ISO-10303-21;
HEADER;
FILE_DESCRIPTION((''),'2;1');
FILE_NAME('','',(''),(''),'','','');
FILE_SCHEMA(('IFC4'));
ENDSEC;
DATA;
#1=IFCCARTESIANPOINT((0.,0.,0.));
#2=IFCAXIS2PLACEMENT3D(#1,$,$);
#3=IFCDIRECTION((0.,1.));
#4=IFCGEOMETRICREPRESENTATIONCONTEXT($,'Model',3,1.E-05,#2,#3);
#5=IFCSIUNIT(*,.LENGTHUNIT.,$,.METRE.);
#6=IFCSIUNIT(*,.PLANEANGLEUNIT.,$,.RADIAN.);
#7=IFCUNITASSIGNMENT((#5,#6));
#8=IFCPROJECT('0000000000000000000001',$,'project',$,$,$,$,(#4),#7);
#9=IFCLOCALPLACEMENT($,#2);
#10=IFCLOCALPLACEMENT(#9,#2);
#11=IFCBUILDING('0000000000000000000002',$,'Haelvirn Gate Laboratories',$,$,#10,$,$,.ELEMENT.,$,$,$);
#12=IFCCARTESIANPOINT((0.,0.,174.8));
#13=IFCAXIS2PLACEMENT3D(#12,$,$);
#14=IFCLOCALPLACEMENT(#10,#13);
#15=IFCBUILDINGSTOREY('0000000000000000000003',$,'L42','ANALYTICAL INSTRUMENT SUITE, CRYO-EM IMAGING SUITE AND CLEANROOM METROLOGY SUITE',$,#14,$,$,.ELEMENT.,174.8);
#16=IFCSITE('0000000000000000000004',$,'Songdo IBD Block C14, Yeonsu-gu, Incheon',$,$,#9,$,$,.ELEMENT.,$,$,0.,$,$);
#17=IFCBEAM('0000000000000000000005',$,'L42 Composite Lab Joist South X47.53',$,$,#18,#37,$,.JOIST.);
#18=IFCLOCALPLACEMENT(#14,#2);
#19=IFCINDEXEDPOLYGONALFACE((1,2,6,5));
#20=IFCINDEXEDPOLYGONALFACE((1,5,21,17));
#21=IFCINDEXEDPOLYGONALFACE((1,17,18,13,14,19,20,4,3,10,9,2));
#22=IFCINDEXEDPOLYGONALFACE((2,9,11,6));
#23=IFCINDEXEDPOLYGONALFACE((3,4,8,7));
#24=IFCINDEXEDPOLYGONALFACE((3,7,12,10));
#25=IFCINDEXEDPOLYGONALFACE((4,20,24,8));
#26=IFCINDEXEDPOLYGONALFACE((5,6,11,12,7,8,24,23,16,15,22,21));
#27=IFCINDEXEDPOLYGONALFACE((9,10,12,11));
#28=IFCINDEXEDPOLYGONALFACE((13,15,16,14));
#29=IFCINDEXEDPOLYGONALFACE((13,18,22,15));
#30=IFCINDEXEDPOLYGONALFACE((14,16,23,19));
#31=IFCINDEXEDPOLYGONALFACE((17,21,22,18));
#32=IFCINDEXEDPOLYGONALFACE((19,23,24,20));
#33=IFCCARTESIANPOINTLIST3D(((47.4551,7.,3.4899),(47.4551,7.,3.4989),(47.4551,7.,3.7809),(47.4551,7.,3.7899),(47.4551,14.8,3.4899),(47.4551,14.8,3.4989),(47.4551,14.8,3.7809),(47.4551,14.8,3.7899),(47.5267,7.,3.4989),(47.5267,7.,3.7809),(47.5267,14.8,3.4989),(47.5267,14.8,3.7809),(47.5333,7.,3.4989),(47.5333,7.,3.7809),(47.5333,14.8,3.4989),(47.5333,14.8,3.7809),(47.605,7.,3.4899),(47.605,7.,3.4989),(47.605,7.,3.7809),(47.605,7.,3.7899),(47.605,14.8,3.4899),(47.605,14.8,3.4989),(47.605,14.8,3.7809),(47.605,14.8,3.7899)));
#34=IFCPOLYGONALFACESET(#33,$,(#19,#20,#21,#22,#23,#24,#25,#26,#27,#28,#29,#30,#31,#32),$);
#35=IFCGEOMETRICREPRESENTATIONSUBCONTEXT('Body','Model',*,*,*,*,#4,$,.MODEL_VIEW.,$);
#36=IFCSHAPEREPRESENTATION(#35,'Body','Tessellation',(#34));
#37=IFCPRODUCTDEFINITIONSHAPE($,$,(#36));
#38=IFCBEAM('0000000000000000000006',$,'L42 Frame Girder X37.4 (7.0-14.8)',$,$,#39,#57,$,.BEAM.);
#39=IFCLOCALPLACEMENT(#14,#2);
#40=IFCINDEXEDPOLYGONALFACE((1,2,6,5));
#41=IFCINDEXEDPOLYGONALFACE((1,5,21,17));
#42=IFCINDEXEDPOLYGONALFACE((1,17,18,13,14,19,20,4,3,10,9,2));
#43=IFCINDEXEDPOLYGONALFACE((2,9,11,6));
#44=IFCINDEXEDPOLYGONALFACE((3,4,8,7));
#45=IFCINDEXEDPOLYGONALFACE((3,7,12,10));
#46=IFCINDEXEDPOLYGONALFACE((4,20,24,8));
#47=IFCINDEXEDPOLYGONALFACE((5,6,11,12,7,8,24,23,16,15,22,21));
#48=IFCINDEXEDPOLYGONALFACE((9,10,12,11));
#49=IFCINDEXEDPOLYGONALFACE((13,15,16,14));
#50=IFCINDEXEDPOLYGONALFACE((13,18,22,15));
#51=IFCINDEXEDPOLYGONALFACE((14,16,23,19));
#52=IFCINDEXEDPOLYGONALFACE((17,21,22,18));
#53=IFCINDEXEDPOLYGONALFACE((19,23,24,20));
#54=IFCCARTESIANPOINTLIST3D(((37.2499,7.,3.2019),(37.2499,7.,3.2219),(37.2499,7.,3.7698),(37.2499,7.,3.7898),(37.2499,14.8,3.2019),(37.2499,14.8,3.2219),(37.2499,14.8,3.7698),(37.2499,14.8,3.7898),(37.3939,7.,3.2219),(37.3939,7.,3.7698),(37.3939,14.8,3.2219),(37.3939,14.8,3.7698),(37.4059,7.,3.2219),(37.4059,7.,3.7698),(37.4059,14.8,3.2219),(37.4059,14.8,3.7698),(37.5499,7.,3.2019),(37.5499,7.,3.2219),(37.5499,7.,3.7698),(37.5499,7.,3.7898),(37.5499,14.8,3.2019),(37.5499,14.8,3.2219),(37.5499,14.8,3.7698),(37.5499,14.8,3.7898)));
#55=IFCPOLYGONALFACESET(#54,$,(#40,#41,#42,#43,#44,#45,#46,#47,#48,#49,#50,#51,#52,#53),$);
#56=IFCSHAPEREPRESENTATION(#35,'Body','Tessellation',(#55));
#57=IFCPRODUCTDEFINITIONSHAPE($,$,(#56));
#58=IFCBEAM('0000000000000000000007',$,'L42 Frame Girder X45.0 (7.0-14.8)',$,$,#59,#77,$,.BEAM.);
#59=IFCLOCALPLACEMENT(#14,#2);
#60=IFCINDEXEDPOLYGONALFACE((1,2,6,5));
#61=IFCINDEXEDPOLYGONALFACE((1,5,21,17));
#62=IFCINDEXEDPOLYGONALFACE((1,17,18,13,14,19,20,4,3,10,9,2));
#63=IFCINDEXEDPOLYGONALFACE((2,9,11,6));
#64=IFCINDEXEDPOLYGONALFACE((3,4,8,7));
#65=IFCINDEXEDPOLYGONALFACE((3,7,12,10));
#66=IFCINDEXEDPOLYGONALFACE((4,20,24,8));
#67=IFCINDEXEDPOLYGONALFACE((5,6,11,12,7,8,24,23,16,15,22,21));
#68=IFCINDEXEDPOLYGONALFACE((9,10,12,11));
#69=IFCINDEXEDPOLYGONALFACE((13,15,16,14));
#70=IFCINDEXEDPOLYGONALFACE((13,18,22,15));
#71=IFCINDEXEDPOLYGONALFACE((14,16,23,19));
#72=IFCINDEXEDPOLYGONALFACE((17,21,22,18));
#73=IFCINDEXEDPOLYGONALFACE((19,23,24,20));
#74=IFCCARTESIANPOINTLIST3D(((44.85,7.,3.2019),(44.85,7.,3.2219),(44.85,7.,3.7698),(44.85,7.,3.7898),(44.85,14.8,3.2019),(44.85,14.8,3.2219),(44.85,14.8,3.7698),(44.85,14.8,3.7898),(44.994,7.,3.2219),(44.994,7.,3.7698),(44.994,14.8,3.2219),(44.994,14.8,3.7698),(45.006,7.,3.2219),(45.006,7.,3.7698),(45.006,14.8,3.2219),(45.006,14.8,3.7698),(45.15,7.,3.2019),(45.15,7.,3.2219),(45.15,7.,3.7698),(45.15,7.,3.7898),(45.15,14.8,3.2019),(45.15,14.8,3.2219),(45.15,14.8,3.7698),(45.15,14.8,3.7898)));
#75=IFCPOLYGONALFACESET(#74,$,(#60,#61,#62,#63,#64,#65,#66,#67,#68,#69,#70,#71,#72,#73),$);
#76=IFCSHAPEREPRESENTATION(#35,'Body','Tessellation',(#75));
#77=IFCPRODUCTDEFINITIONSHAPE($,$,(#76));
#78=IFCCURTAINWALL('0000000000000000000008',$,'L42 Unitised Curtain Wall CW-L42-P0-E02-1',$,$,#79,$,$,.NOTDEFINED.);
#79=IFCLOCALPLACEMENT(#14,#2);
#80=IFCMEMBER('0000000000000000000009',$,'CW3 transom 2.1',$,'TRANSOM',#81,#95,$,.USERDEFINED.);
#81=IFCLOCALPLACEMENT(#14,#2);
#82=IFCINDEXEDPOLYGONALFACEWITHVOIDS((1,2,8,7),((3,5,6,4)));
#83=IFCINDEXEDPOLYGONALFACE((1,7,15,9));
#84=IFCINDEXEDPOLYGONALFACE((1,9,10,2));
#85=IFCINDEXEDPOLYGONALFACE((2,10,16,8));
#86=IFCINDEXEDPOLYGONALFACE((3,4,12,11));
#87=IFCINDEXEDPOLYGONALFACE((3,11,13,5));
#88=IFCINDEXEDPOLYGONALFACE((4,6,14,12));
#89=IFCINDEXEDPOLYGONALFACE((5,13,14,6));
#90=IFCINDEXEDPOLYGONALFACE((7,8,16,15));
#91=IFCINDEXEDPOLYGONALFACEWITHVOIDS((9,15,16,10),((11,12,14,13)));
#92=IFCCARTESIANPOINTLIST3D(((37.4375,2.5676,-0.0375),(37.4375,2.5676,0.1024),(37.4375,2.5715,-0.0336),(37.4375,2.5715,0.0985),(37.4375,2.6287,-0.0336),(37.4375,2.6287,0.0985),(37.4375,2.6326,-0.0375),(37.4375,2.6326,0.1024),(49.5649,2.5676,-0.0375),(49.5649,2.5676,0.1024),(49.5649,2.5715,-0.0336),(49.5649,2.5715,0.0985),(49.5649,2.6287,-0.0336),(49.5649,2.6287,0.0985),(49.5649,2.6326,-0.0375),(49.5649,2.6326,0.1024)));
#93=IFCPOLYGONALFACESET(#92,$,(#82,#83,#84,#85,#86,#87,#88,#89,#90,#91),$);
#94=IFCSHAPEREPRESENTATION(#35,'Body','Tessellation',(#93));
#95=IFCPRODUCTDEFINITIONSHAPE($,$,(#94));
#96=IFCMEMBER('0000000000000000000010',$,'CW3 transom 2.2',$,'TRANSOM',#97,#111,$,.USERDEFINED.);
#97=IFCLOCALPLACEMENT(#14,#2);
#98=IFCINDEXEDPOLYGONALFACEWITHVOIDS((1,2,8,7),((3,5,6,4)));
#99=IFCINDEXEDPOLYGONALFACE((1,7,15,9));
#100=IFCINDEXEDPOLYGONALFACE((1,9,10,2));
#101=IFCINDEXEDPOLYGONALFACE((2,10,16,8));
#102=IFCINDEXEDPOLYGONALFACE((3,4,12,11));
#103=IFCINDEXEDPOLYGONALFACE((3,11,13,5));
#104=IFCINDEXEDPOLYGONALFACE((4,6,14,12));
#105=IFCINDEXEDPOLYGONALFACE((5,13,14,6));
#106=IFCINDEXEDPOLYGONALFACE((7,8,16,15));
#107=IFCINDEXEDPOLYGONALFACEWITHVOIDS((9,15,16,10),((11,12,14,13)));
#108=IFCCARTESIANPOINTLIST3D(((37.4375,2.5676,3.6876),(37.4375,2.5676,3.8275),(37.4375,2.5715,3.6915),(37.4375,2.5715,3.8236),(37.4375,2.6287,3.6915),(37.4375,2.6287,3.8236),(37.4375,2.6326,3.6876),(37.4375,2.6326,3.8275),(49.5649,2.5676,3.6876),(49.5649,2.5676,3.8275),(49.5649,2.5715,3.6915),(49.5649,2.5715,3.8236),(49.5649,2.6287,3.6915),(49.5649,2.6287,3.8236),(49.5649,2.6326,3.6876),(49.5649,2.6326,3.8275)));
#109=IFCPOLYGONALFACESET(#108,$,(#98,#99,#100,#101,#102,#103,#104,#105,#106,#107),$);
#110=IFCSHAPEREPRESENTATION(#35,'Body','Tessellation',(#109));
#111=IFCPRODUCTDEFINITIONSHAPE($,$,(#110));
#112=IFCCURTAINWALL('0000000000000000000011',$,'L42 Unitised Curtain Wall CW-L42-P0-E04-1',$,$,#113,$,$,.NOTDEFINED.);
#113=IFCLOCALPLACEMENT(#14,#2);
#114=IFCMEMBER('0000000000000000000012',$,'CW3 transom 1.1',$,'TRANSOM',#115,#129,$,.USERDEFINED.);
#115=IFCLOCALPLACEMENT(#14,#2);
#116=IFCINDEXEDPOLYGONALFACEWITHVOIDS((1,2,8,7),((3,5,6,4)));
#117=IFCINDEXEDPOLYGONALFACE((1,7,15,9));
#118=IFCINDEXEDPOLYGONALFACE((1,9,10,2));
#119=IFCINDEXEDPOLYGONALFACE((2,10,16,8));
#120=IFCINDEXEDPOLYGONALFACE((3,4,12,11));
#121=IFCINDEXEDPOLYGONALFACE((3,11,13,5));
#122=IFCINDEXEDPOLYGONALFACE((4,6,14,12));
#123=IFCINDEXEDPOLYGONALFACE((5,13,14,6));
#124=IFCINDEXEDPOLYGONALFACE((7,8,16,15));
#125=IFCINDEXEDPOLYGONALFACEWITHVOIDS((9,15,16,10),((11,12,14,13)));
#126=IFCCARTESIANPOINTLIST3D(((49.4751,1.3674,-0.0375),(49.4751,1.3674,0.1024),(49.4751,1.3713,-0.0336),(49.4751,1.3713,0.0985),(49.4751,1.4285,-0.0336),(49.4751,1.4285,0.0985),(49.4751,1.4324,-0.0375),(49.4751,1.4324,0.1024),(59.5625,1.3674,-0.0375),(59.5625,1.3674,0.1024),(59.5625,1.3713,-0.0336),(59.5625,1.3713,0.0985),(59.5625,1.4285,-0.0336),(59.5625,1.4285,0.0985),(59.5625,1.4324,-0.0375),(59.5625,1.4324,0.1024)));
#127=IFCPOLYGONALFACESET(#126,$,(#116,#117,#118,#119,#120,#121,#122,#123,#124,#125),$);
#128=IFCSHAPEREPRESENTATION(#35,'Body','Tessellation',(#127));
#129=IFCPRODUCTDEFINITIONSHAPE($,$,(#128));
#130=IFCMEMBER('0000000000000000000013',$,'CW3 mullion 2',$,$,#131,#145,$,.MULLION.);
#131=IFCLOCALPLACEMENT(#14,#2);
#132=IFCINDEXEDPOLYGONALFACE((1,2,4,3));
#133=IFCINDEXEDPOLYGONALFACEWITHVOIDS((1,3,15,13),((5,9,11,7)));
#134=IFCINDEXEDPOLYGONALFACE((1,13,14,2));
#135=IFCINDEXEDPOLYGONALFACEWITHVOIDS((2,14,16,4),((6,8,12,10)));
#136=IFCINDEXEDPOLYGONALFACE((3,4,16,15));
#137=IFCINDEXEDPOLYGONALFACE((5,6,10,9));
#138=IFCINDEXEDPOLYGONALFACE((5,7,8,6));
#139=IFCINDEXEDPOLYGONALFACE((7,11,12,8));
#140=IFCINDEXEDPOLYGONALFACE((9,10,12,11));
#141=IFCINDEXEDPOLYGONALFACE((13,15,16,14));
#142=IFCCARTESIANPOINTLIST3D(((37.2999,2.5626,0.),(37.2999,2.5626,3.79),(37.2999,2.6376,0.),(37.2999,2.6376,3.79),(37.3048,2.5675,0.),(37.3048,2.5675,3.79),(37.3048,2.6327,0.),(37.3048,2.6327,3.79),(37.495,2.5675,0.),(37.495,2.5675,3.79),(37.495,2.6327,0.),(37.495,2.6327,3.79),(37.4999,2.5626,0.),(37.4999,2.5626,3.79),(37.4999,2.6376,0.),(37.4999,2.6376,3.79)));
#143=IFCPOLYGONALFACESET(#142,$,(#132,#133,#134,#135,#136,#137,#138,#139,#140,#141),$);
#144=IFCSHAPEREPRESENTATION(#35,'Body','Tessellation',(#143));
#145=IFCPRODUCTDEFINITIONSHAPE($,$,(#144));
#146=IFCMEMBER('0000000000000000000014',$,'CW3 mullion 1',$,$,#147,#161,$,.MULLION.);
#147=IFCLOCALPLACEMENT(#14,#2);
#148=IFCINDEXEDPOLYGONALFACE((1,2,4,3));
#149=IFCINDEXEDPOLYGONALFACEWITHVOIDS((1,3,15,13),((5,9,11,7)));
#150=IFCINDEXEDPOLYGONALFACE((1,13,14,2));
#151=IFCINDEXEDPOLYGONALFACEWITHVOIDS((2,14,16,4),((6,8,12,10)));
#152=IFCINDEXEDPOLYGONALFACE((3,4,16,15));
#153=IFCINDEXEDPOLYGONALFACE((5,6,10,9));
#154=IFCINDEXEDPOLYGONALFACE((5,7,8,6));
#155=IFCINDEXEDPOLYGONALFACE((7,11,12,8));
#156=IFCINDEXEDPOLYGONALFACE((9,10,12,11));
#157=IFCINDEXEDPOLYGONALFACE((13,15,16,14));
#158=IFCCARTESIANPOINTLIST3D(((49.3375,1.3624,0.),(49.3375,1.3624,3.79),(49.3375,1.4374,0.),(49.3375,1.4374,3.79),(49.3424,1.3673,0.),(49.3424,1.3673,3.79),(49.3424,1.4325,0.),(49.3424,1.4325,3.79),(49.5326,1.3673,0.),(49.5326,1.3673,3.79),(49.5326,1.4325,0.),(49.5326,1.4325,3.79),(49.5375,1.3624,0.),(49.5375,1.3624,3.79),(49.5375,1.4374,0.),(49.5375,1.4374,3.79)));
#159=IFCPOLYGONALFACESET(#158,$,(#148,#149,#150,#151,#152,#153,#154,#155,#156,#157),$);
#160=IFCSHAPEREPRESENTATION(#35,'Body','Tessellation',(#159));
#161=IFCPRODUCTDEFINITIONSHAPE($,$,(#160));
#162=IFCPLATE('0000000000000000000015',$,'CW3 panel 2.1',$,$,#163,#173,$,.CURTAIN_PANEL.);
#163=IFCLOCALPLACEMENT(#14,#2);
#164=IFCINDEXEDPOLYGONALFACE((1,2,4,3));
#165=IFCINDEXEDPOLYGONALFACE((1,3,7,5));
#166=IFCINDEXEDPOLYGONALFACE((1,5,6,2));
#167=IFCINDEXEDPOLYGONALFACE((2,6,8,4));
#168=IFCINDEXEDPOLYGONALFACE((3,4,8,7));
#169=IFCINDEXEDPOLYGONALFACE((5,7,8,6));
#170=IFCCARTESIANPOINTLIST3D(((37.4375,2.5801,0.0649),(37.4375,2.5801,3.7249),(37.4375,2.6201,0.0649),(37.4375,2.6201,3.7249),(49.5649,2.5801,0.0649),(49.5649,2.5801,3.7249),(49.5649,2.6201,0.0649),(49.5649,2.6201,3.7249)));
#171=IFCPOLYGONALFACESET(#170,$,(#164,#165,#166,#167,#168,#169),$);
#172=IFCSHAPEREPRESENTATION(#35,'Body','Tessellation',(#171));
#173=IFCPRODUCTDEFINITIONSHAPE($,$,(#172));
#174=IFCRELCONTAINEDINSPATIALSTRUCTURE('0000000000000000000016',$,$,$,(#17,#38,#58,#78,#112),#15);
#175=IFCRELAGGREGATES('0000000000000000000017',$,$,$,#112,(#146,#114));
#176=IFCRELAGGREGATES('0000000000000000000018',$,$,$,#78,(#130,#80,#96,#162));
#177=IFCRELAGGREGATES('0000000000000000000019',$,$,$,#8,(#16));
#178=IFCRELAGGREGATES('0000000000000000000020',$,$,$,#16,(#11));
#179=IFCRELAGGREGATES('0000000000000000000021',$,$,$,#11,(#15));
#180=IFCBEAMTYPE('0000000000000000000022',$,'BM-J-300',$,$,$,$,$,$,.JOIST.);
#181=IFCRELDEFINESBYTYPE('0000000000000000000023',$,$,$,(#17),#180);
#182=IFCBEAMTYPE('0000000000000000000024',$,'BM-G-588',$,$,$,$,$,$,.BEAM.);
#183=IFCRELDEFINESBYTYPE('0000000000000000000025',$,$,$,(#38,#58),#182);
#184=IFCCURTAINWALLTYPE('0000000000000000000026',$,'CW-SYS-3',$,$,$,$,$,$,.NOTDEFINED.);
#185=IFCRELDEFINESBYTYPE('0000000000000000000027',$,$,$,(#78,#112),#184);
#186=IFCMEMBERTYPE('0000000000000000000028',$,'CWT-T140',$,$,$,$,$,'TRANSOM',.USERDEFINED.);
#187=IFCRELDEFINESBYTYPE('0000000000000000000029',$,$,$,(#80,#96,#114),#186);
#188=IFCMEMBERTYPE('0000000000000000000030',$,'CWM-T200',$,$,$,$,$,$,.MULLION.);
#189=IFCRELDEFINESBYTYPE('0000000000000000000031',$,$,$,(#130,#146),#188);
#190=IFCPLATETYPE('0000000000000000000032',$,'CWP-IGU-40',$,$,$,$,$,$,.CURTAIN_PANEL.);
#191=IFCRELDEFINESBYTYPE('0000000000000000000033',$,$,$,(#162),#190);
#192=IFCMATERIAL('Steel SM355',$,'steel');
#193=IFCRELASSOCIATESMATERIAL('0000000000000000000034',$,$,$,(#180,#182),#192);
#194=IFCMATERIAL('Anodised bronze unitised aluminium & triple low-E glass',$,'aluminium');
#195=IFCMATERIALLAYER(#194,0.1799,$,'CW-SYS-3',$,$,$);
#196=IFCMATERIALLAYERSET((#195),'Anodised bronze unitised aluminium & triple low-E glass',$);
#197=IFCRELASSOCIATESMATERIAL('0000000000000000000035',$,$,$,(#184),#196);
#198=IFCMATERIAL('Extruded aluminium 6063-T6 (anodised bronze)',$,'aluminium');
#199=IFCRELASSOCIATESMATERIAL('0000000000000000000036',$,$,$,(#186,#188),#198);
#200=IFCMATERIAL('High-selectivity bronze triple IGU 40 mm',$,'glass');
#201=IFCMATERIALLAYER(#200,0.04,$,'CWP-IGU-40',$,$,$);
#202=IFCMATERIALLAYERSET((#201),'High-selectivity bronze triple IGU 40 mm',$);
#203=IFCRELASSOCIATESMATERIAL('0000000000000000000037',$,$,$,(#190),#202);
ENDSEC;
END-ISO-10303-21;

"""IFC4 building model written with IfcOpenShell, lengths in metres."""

from ifc_helpers import new_model, si_unit, direction, frame, origin, origin_2d, place, context, subcontext, project, spatial, rectangle, hollow_rectangle, i_section, extrude, source, transform, mapped, material, layer, layer_set, material_profile, profile_set, type_object, type_shapes, element, aggregate, save


model = new_model("IFC4")

# Units and contexts
model_context = context("Model", 3, precision=1e-05, world=origin(), true_north=direction((0.0, 1.0)))
body_context = subcontext(model_context, "Body", "Model", "MODEL_VIEW")
ifc_project = project(units=[si_unit("LENGTHUNIT", "METRE"), si_unit("PLANEANGLEUNIT", "RADIAN")], contexts=[model_context])

# Site, building, storey
site_placement = place(None, origin())
site = spatial("IfcSite", under=ifc_project, at=site_placement, Name="Songdo IBD Block C14, Yeonsu-gu, Incheon", CompositionType="ELEMENT", RefElevation=0.0)
building_placement = place(site_placement, origin())
building = spatial("IfcBuilding", under=site, at=building_placement, Name="Haelvirn Gate Laboratories", CompositionType="ELEMENT")
storey_placement = place(building_placement, frame((0.0, 0.0, 174.8)))
storey = spatial("IfcBuildingStorey", under=building, at=storey_placement, Name="L42", Description="ANALYTICAL INSTRUMENT SUITE, CRYO-EM IMAGING SUITE AND CLEANROOM METROLOGY SUITE", CompositionType="ELEMENT", Elevation=174.8)

# Shared definitions
ifc_material_1 = material(Name="Steel SM355", Category="steel")

# Beams
ifc_material_profile_1 = material_profile(ifc_material_1, i_section(OverallWidth=0.1499, OverallDepth=0.3, WebThickness=0.0066, FlangeThickness=0.009, at=origin_2d()), Name="H-300x150x6.5x9")
ifc_profile_set_1 = profile_set([ifc_material_profile_1], Name="Steel SM355")
beam_type_1 = type_object("IfcBeamType", Name="BM-J-300", PredefinedType="JOIST", material=ifc_profile_set_1)
shared_shape_1 = source(origin(), body_context, "Body", "SweptSolid", [
    extrude(i_section(OverallWidth=0.1499, OverallDepth=0.3, WebThickness=0.0066, FlangeThickness=0.009, at=origin_2d()), origin(), (0.0, 0.0, 1.0), 7.8),
])
type_shapes(beam_type_1, [shared_shape_1])
for number, where, z_axis, x_axis, name in (
    (1, (47.53, 7.0, 3.6399), (0.0, 1.0, 0.0), (-1.0, 0.0, 0.0), "L42 Composite Lab Joist South X47.53"),
):
    element("IfcBeam", number, at=place(storey_placement, frame(where, z_axis=z_axis, x_axis=x_axis)), inside=storey, type_object=beam_type_1, Name=name, PredefinedType="JOIST", context=body_context, shape_type="MappedRepresentation", body=[
        mapped(shared_shape_1, transform((0.0, 0.0, 0.0), scale=1.0)),
    ])
ifc_material_profile_2 = material_profile(ifc_material_1, i_section(OverallWidth=0.3, OverallDepth=0.5879, WebThickness=0.012, FlangeThickness=0.02, at=origin_2d()), Name="H-588x300x12x20")
ifc_profile_set_2 = profile_set([ifc_material_profile_2], Name="Steel SM355")
beam_type_2 = type_object("IfcBeamType", Name="BM-G-588", PredefinedType="BEAM", material=ifc_profile_set_2)
shared_shape_2 = source(origin(), body_context, "Body", "SweptSolid", [
    extrude(i_section(OverallWidth=0.3, OverallDepth=0.5879, WebThickness=0.012, FlangeThickness=0.02, at=origin_2d()), origin(), (0.0, 0.0, 1.0), 7.8),
])
type_shapes(beam_type_2, [shared_shape_2])
for number, where, z_axis, x_axis, name in (
    (2, (37.3999, 7.0, 3.4958), (0.0, 1.0, 0.0), (-1.0, 0.0, 0.0), "L42 Frame Girder X37.4 (7.0-14.8)"),
    (3, (45.0, 7.0, 3.4958), (0.0, 1.0, 0.0), (-1.0, 0.0, 0.0), "L42 Frame Girder X45.0 (7.0-14.8)"),
):
    element("IfcBeam", number, at=place(storey_placement, frame(where, z_axis=z_axis, x_axis=x_axis)), inside=storey, type_object=beam_type_2, Name=name, PredefinedType="BEAM", context=body_context, shape_type="MappedRepresentation", body=[
        mapped(shared_shape_2, transform((0.0, 0.0, 0.0), scale=1.0)),
    ])

# Curtain wall, members
ifc_material_2 = material(Name="Anodised bronze unitised aluminium & triple low-E glass", Category="aluminium")
ifc_layer_1 = layer(ifc_material_2, 0.1799, Name="CW-SYS-3")
ifc_layer_set_1 = layer_set([ifc_layer_1], Name="Anodised bronze unitised aluminium & triple low-E glass")
curtain_wall_type = type_object("IfcCurtainWallType", Name="CW-SYS-3", PredefinedType="NOTDEFINED", material=ifc_layer_set_1)
curtain_wall_1_placement = place(storey_placement, origin())
curtain_wall_1 = element("IfcCurtainWall", 4, at=curtain_wall_1_placement, inside=storey, type_object=curtain_wall_type, Name="L42 Unitised Curtain Wall CW-L42-P0-E02-1", PredefinedType="NOTDEFINED")
ifc_material_3 = material(Name="Extruded aluminium 6063-T6 (anodised bronze)", Category="aluminium")
ifc_material_profile_3 = material_profile(ifc_material_3, hollow_rectangle(XDim=0.0649, YDim=0.1399, WallThickness=0.0039, at=origin_2d()), Name="CWT-140x65x4")
ifc_profile_set_3 = profile_set([ifc_material_profile_3], Name="Extruded aluminium 6063-T6 (anodised bronze)")
member_type_1 = type_object("IfcMemberType", Name="CWT-T140", ElementType="TRANSOM", PredefinedType="USERDEFINED", material=ifc_profile_set_3)
shared_shape_3 = source(origin(), body_context, "Body", "SweptSolid", [
    extrude(hollow_rectangle(XDim=0.0649, YDim=0.1399, WallThickness=0.0039, at=origin_2d()), origin(), (0.0, 0.0, 1.0), 12.1274),
])
member_1_placement = place(storey_placement, frame((37.4375, 2.6001, 0.0325), z_axis=(1.0, 0.0, 0.0), x_axis=(0.0, 1.0, 0.0)))
member_1 = element("IfcMember", 5, at=member_1_placement, type_object=member_type_1, Name="CW3 transom 2.1", ObjectType="TRANSOM", PredefinedType="USERDEFINED", context=body_context, shape_type="MappedRepresentation", body=[
    mapped(shared_shape_3, transform((0.0, 0.0, 0.0), scale=1.0)),
])
member_2_placement = place(storey_placement, frame((37.4375, 2.6001, 3.7576), z_axis=(1.0, 0.0, 0.0), x_axis=(0.0, 1.0, 0.0)))
member_2 = element("IfcMember", 6, at=member_2_placement, type_object=member_type_1, Name="CW3 transom 2.2", ObjectType="TRANSOM", PredefinedType="USERDEFINED", context=body_context, shape_type="MappedRepresentation", body=[
    mapped(shared_shape_3, transform((0.0, 0.0, 0.0), scale=1.0)),
])

# Curtain wall, member
curtain_wall_2_placement = place(storey_placement, origin())
curtain_wall_2 = element("IfcCurtainWall", 7, at=curtain_wall_2_placement, inside=storey, type_object=curtain_wall_type, Name="L42 Unitised Curtain Wall CW-L42-P0-E04-1", PredefinedType="NOTDEFINED")
shared_shape_4 = source(origin(), body_context, "Body", "SweptSolid", [
    extrude(hollow_rectangle(XDim=0.0649, YDim=0.1399, WallThickness=0.0039, at=origin_2d()), origin(), (0.0, 0.0, 1.0), 10.0874),
])
type_shapes(member_type_1, [shared_shape_3, shared_shape_4])
member_3_placement = place(storey_placement, frame((49.4751, 1.3999, 0.0325), z_axis=(1.0, 0.0, 0.0), x_axis=(0.0, 1.0, 0.0)))
member_3 = element("IfcMember", 8, at=member_3_placement, type_object=member_type_1, Name="CW3 transom 1.1", ObjectType="TRANSOM", PredefinedType="USERDEFINED", context=body_context, shape_type="MappedRepresentation", body=[
    mapped(shared_shape_4, transform((0.0, 0.0, 0.0), scale=1.0)),
])

# Members
ifc_material_profile_4 = material_profile(ifc_material_3, hollow_rectangle(XDim=0.075, YDim=0.2, WallThickness=0.0049, at=origin_2d()), Name="CWM-200x75x5")
ifc_profile_set_4 = profile_set([ifc_material_profile_4], Name="Extruded aluminium 6063-T6 (anodised bronze)")
member_type_2 = type_object("IfcMemberType", Name="CWM-T200", PredefinedType="MULLION", material=ifc_profile_set_4)
shared_shape_5 = source(origin(), body_context, "Body", "SweptSolid", [
    extrude(hollow_rectangle(XDim=0.075, YDim=0.2, WallThickness=0.0049, at=origin_2d()), origin(), (0.0, 0.0, 1.0), 3.79),
])
type_shapes(member_type_2, [shared_shape_5])
member_4_placement = place(storey_placement, frame((37.3999, 2.6001, 0.0), z_axis=(0.0, 0.0, 1.0), x_axis=(0.0, 1.0, 0.0)))
member_4 = element("IfcMember", 9, at=member_4_placement, type_object=member_type_2, Name="CW3 mullion 2", PredefinedType="MULLION", context=body_context, shape_type="MappedRepresentation", body=[
    mapped(shared_shape_5, transform((0.0, 0.0, 0.0), scale=1.0)),
])
member_5_placement = place(storey_placement, frame((49.4375, 1.3999, 0.0), z_axis=(0.0, 0.0, 1.0), x_axis=(0.0, 1.0, 0.0)))
member_5 = element("IfcMember", 10, at=member_5_placement, type_object=member_type_2, Name="CW3 mullion 1", PredefinedType="MULLION", context=body_context, shape_type="MappedRepresentation", body=[
    mapped(shared_shape_5, transform((0.0, 0.0, 0.0), scale=1.0)),
])
aggregate(curtain_wall_2, [member_5, member_3])

# Plate
ifc_material_4 = material(Name="High-selectivity bronze triple IGU 40 mm", Category="glass")
ifc_layer_2 = layer(ifc_material_4, 0.04, Name="CWP-IGU-40")
ifc_layer_set_2 = layer_set([ifc_layer_2], Name="High-selectivity bronze triple IGU 40 mm")
plate_type = type_object("IfcPlateType", Name="CWP-IGU-40", PredefinedType="CURTAIN_PANEL", material=ifc_layer_set_2)
shared_shape_6 = source(origin(), body_context, "Body", "SweptSolid", [
    extrude(rectangle(XDim=12.1274, YDim=0.04, at=origin_2d()), origin(), (0.0, 0.0, 1.0), 3.6599),
])
type_shapes(plate_type, [shared_shape_6])
plate_placement = place(storey_placement, frame((43.5012, 2.6001, 0.0649), z_axis=(0.0, 0.0, 1.0), x_axis=(1.0, 0.0, 0.0)))
plate = element("IfcPlate", 11, at=plate_placement, type_object=plate_type, Name="CW3 panel 2.1", PredefinedType="CURTAIN_PANEL", context=body_context, shape_type="MappedRepresentation", body=[
    mapped(shared_shape_6, transform((0.0, 0.0, 0.0), scale=1.0)),
])
aggregate(curtain_wall_1, [member_4, member_1, member_2, plate])

save(model, "model.ifc")
